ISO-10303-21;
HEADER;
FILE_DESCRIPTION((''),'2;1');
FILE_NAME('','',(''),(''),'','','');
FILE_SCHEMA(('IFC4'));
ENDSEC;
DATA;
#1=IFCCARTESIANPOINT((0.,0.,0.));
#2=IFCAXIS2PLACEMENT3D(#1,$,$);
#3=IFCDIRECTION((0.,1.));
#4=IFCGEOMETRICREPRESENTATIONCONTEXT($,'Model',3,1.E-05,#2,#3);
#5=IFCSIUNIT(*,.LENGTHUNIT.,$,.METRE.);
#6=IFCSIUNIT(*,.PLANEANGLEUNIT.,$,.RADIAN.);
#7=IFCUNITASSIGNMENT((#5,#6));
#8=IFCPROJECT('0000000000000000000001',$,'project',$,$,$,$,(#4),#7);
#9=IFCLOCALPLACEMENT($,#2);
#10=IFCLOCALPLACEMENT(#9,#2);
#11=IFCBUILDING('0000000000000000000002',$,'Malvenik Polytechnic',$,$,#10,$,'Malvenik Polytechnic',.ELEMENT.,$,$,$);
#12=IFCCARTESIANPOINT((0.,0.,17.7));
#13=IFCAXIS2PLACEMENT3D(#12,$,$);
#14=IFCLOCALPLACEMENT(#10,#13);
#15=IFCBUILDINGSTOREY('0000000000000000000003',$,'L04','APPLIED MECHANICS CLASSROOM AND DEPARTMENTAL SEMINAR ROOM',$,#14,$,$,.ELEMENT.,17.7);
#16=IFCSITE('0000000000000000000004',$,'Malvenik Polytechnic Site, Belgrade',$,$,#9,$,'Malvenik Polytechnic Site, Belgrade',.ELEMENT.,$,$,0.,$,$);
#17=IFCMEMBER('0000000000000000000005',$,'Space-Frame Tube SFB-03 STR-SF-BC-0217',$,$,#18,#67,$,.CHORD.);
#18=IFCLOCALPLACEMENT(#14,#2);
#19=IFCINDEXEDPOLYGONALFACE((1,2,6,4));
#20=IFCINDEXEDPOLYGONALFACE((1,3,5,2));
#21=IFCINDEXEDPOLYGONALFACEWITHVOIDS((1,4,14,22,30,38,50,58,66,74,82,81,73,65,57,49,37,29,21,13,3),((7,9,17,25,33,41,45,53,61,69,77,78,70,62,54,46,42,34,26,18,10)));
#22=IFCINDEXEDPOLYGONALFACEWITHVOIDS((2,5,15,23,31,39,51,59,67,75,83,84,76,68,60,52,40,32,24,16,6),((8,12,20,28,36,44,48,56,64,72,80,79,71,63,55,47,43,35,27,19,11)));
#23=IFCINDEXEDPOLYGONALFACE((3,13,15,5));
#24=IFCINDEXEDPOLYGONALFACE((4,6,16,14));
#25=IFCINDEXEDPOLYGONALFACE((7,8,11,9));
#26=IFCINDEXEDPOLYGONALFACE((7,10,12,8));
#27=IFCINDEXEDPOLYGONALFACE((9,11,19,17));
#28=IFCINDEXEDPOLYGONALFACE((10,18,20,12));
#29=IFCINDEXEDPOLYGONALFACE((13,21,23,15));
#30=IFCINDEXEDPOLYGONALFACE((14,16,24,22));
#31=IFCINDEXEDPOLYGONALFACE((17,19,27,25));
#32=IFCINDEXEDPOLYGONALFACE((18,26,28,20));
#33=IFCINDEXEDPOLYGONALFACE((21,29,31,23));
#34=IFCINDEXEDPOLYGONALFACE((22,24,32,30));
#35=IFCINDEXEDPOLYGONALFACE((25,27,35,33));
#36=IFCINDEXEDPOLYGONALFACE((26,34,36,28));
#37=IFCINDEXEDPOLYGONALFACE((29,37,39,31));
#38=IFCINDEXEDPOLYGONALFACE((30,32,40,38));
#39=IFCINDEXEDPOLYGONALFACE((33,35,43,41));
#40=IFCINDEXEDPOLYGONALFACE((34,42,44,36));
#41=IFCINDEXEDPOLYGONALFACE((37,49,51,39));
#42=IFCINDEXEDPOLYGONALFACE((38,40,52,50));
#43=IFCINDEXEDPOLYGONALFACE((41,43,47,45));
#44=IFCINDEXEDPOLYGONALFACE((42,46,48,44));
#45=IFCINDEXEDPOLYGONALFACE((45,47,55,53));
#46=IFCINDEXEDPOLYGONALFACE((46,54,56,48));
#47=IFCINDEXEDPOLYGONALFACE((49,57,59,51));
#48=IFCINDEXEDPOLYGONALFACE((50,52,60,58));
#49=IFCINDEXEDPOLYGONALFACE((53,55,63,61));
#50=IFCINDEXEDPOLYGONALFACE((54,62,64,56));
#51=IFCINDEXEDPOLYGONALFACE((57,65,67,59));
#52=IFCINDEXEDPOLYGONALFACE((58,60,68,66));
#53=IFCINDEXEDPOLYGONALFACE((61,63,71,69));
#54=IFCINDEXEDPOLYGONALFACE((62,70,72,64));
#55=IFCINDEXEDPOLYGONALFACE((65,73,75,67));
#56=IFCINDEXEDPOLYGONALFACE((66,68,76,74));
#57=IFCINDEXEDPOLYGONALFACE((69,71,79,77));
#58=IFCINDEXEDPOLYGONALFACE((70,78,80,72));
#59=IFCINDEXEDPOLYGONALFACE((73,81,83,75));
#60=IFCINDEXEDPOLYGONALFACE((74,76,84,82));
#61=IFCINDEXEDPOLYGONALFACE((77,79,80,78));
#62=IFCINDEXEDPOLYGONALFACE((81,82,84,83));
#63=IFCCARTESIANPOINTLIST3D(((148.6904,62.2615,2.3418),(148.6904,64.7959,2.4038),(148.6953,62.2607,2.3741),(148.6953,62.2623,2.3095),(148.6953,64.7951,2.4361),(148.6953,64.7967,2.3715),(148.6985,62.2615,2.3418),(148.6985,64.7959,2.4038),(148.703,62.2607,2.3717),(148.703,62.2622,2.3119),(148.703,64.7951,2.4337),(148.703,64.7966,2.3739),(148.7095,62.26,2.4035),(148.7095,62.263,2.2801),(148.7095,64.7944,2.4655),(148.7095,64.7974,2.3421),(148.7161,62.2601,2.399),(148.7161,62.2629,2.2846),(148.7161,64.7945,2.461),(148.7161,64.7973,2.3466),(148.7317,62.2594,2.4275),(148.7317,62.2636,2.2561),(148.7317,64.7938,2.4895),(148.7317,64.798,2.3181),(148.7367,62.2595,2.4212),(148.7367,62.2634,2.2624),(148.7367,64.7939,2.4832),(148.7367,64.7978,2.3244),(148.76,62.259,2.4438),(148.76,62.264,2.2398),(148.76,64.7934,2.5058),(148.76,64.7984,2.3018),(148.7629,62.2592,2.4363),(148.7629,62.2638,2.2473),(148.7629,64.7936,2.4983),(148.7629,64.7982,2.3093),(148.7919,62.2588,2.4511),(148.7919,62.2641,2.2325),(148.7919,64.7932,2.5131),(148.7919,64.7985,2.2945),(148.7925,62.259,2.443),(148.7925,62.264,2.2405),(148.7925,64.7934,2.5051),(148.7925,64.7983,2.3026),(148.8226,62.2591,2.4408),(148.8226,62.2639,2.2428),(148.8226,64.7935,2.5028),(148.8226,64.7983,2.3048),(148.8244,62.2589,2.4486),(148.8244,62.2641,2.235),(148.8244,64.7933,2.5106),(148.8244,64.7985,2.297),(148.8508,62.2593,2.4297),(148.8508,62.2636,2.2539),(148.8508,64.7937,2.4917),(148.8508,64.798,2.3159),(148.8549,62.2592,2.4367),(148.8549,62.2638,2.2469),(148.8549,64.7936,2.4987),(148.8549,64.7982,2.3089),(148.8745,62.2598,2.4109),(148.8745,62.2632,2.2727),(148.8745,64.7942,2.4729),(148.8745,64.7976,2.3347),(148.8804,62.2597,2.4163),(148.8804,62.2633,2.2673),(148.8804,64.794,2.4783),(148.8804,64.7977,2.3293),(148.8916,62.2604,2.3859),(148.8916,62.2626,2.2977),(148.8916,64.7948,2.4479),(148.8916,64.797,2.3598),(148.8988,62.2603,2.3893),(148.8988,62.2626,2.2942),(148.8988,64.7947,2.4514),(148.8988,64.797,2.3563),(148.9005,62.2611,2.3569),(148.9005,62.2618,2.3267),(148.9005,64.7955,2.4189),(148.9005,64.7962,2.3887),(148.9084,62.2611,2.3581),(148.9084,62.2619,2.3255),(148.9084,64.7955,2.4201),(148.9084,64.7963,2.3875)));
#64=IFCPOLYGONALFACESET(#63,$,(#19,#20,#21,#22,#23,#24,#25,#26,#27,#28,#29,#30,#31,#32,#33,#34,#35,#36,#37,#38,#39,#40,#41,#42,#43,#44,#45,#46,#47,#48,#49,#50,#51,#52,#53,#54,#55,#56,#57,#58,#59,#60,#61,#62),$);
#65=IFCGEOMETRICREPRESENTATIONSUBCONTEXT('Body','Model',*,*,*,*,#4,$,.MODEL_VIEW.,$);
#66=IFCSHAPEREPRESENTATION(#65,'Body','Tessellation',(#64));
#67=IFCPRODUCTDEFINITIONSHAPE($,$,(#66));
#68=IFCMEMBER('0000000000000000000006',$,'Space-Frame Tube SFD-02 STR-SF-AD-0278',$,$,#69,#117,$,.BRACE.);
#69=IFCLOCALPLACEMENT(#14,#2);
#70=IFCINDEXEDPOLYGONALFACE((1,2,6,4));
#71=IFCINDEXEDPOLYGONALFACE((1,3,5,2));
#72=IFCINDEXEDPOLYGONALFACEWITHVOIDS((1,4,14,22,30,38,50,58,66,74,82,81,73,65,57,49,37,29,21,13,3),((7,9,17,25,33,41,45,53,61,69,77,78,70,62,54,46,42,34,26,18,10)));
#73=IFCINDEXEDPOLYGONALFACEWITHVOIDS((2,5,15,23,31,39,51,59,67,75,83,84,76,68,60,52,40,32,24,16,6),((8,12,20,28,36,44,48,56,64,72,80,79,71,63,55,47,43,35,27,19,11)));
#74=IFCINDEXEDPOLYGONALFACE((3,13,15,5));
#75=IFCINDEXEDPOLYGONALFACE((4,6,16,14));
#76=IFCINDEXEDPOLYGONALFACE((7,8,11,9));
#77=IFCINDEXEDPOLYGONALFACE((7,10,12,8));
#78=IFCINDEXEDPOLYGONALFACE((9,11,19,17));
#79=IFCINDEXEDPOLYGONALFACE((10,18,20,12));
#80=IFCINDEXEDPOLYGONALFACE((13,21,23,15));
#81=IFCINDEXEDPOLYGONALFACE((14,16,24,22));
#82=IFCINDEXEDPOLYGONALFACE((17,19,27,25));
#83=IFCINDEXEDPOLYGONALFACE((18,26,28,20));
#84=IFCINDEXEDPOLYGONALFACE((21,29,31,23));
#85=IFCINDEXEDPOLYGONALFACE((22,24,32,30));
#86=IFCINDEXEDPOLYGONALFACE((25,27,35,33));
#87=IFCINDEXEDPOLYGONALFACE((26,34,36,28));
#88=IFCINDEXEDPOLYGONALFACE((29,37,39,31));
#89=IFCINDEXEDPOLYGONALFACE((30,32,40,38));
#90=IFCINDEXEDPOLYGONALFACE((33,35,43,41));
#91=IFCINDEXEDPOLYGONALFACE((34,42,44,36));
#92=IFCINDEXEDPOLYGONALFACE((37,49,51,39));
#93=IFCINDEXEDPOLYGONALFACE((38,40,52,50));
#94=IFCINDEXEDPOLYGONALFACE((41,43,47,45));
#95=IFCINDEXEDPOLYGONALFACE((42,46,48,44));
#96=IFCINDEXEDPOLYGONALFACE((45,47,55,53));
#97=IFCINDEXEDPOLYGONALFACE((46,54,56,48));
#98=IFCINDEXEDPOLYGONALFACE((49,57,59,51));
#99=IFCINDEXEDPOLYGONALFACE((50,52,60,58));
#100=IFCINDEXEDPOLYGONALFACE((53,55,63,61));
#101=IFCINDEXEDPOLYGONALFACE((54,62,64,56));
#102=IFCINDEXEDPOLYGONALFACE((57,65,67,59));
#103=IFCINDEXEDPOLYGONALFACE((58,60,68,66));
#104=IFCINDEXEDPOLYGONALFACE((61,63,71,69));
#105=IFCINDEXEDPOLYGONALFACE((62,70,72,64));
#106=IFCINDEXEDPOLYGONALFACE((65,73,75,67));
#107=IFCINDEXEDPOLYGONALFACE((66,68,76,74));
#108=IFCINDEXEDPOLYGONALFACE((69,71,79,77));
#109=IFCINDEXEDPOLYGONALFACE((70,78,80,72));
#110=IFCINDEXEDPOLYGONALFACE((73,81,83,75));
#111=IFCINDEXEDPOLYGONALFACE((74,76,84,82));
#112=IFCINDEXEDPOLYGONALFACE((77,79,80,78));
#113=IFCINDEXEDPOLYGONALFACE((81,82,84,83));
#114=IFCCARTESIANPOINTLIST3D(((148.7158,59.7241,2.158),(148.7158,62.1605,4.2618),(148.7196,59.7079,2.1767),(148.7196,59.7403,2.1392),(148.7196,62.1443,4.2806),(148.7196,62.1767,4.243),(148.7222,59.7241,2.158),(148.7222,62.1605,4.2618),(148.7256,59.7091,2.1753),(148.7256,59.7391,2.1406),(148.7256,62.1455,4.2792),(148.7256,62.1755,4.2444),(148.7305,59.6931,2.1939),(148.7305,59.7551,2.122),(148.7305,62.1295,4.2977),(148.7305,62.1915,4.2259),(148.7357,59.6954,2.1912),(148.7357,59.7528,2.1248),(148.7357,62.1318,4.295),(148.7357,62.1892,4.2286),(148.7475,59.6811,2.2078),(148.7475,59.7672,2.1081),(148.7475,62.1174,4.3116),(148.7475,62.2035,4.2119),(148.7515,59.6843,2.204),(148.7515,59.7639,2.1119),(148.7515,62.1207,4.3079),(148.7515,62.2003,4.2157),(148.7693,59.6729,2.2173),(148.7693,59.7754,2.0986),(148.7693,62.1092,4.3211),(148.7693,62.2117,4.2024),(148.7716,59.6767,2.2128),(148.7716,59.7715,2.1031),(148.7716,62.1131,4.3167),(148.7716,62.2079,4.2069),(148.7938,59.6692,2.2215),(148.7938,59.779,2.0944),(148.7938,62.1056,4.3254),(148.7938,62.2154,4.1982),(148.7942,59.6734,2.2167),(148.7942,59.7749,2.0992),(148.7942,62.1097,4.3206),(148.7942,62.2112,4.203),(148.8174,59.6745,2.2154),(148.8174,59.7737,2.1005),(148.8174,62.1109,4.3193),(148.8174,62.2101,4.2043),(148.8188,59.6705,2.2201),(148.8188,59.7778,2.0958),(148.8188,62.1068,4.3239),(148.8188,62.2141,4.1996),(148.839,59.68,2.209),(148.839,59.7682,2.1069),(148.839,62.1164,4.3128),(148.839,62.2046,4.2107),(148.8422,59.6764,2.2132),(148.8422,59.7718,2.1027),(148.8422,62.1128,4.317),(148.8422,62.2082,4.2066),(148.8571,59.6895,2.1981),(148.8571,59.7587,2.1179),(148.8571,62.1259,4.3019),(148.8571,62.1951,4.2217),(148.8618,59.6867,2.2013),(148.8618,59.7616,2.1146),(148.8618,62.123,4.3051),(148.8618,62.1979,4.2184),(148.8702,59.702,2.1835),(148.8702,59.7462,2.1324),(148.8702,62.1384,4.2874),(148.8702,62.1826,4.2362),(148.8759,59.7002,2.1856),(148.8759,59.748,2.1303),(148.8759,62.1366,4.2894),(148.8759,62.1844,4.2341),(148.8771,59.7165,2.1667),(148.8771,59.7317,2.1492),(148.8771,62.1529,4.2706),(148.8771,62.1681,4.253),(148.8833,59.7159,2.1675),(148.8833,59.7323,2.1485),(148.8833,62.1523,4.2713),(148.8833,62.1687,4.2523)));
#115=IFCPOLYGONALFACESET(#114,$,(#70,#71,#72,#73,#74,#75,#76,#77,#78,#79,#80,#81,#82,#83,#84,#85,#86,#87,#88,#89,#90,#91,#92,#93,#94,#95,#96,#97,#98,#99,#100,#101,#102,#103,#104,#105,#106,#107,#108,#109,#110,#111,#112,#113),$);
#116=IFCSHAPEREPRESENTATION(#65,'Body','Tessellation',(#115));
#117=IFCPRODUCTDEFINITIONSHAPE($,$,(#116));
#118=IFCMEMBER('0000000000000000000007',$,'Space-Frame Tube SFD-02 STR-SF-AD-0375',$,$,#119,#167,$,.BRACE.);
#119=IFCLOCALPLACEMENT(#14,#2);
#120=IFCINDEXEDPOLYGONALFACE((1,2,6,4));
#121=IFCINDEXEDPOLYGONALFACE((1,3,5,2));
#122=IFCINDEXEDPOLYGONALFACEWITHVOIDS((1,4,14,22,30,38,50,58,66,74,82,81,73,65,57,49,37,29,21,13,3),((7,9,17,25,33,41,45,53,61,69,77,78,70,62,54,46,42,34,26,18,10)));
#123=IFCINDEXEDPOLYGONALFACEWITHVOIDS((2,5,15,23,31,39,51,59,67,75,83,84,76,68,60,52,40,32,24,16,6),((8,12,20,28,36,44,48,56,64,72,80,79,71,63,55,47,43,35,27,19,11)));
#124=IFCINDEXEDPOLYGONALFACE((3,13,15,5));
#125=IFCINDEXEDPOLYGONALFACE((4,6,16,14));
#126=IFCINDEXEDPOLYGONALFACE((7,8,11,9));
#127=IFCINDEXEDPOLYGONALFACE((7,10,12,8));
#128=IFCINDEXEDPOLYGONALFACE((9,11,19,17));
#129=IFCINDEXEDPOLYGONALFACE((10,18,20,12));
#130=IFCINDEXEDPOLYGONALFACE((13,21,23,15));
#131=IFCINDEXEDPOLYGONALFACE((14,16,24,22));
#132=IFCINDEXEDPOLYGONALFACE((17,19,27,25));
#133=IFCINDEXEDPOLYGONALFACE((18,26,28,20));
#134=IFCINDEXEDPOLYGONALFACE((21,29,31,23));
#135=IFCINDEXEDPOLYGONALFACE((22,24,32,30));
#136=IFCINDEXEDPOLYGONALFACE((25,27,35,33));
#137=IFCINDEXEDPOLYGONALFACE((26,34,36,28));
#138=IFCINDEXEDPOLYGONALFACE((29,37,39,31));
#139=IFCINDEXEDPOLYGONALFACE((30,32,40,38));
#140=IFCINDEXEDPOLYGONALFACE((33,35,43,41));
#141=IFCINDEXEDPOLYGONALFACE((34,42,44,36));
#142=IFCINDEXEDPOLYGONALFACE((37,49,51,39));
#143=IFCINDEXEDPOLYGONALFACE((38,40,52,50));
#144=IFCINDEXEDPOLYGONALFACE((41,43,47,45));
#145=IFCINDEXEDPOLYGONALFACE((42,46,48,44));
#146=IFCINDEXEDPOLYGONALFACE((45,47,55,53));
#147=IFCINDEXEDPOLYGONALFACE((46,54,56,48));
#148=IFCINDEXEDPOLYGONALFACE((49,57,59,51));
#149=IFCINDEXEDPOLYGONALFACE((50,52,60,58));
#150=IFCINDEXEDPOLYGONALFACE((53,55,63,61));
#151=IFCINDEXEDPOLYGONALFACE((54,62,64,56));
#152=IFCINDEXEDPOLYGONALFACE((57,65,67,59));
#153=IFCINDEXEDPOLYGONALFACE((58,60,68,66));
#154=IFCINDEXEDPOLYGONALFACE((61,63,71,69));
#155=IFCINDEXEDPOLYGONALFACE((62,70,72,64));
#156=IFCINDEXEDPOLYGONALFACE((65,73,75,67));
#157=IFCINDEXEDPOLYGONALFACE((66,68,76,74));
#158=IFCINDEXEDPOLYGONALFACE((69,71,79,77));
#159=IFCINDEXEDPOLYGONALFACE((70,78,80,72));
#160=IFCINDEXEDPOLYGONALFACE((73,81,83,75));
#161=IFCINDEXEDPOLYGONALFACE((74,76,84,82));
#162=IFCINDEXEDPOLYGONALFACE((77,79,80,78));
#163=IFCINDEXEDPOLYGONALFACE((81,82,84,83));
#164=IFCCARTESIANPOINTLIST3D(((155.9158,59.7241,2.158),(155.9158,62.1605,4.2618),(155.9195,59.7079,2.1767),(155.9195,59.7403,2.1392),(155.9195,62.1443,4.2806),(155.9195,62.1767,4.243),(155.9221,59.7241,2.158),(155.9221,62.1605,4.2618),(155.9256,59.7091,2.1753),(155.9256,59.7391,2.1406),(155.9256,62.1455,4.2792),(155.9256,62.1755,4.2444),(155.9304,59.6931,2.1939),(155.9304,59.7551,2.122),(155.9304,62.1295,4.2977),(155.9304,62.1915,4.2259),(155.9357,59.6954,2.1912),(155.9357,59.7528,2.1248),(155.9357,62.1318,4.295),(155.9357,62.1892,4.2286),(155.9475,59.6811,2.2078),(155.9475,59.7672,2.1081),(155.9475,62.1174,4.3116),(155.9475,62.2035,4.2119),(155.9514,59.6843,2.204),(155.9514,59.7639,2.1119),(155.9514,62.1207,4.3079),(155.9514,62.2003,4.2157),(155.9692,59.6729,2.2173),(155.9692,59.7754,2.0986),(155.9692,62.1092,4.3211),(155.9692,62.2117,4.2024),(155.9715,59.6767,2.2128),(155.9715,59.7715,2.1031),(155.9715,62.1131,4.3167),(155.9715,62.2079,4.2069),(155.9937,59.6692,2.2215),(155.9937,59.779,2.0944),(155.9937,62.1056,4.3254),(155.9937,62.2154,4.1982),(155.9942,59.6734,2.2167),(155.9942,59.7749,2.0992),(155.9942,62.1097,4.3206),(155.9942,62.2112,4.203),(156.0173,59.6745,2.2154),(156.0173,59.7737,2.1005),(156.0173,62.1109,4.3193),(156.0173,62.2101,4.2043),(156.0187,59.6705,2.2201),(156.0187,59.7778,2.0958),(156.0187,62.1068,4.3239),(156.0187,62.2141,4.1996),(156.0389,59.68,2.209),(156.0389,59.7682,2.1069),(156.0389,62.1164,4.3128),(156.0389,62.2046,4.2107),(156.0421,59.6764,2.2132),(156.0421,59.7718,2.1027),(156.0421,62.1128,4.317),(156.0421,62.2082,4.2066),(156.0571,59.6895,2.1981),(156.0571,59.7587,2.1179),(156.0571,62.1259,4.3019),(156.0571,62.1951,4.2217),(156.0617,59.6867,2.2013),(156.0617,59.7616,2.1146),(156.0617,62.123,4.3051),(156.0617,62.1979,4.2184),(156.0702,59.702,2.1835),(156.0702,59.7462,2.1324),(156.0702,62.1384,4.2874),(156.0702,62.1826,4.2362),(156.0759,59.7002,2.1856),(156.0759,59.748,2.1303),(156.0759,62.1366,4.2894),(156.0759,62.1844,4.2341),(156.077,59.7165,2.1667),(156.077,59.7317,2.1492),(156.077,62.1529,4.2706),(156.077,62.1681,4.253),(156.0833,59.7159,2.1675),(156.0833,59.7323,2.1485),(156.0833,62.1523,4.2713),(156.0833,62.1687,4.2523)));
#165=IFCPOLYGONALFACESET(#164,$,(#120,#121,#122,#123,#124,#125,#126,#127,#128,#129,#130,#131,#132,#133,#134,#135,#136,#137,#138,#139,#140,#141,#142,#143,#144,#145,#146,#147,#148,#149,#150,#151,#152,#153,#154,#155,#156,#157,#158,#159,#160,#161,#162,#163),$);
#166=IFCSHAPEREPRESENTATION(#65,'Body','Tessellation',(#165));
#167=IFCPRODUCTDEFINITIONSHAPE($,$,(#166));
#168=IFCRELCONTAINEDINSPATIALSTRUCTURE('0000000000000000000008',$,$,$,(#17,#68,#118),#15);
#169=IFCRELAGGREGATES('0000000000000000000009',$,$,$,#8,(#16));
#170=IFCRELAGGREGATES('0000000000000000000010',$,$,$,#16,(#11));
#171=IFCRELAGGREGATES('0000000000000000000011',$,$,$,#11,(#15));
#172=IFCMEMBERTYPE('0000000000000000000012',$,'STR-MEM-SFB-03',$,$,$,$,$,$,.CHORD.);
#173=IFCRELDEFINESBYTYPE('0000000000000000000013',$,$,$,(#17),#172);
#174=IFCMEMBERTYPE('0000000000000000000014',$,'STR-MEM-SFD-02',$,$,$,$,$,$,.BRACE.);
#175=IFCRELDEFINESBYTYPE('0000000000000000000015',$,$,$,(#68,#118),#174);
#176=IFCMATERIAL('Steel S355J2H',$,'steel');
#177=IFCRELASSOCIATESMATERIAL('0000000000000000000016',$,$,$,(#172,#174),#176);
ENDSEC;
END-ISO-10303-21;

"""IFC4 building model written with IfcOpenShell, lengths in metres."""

from ifc_helpers import new_model, si_unit, direction, frame, origin, origin_2d, place, context, subcontext, project, spatial, hollow_circle, extrude, material, material_profile, profile_set, type_object, element, save


model = new_model("IFC4")

# Units and contexts
model_context = context("Model", 3, precision=1e-05, world=origin(), true_north=direction((0.0, 1.0)))
body_context = subcontext(model_context, "Body", "Model", "MODEL_VIEW")
ifc_project = project(units=[si_unit("LENGTHUNIT", "METRE"), si_unit("PLANEANGLEUNIT", "RADIAN")], contexts=[model_context])

# Site, building, storey
site_placement = place(None, origin())
site = spatial("IfcSite", under=ifc_project, at=site_placement, Name="Malvenik Polytechnic Site, Belgrade", LongName="Malvenik Polytechnic Site, Belgrade", CompositionType="ELEMENT", RefElevation=0.0)
building_placement = place(site_placement, origin())
building = spatial("IfcBuilding", under=site, at=building_placement, Name="Malvenik Polytechnic", LongName="Malvenik Polytechnic", CompositionType="ELEMENT")
storey_placement = place(building_placement, frame((0.0, 0.0, 17.7)))
storey = spatial("IfcBuildingStorey", under=building, at=storey_placement, Name="L04", Description="APPLIED MECHANICS CLASSROOM AND DEPARTMENTAL SEMINAR ROOM", CompositionType="ELEMENT", Elevation=17.7)

# Members
ifc_material = material(Name="Steel S355J2H", Category="steel")
ifc_material_profile_1 = material_profile(ifc_material, hollow_circle(Radius=0.1096, WallThickness=0.0081, at=origin_2d()), Name="CHS 219.1x8.0")
ifc_profile_set_1 = profile_set([ifc_material_profile_1], Name="Steel S355J2H")
member_type_1 = type_object("IfcMemberType", Name="STR-MEM-SFB-03", PredefinedType="CHORD", material=ifc_profile_set_1)
for number, where, z_axis, x_axis, name in (
    (1, (148.8, 62.2615, 2.3418), (0.0, 0.999701, 0.02446), (-1.0, 0.0, 0.0), "Space-Frame Tube SFB-03 STR-SF-BC-0217"),
):
    element("IfcMember", number, at=place(storey_placement, frame(where, z_axis=z_axis, x_axis=x_axis)), inside=storey, type_object=member_type_1, Name=name, PredefinedType="CHORD", context=body_context, shape_type="SweptSolid", body=[
        extrude(hollow_circle(Radius=0.1096, WallThickness=0.0081, at=origin_2d()), origin(), (0.0, 0.0, 1.0), 2.5352),
    ])
ifc_material_profile_2 = material_profile(ifc_material, hollow_circle(Radius=0.0842, WallThickness=0.0063, at=origin_2d()), Name="CHS 168.3x6.3")
ifc_profile_set_2 = profile_set([ifc_material_profile_2], Name="Steel S355J2H")
member_type_2 = type_object("IfcMemberType", Name="STR-MEM-SFD-02", PredefinedType="BRACE", material=ifc_profile_set_2)
for number, where, z_axis, x_axis, name in (
    (2, (148.8, 59.7241, 2.158), (0.0, 0.756869, 0.653567), (-1.0, 0.0, 0.0), "Space-Frame Tube SFD-02 STR-SF-AD-0278"),
    (3, (156.0, 59.7241, 2.158), (0.0, 0.756869, 0.653567), (-1.0, 0.0, 0.0), "Space-Frame Tube SFD-02 STR-SF-AD-0375"),
):
    element("IfcMember", number, at=place(storey_placement, frame(where, z_axis=z_axis, x_axis=x_axis)), inside=storey, type_object=member_type_2, Name=name, PredefinedType="BRACE", context=body_context, shape_type="SweptSolid", body=[
        extrude(hollow_circle(Radius=0.0842, WallThickness=0.0063, at=origin_2d()), origin(), (0.0, 0.0, 1.0), 3.219),
    ])

save(model, "model.ifc")
